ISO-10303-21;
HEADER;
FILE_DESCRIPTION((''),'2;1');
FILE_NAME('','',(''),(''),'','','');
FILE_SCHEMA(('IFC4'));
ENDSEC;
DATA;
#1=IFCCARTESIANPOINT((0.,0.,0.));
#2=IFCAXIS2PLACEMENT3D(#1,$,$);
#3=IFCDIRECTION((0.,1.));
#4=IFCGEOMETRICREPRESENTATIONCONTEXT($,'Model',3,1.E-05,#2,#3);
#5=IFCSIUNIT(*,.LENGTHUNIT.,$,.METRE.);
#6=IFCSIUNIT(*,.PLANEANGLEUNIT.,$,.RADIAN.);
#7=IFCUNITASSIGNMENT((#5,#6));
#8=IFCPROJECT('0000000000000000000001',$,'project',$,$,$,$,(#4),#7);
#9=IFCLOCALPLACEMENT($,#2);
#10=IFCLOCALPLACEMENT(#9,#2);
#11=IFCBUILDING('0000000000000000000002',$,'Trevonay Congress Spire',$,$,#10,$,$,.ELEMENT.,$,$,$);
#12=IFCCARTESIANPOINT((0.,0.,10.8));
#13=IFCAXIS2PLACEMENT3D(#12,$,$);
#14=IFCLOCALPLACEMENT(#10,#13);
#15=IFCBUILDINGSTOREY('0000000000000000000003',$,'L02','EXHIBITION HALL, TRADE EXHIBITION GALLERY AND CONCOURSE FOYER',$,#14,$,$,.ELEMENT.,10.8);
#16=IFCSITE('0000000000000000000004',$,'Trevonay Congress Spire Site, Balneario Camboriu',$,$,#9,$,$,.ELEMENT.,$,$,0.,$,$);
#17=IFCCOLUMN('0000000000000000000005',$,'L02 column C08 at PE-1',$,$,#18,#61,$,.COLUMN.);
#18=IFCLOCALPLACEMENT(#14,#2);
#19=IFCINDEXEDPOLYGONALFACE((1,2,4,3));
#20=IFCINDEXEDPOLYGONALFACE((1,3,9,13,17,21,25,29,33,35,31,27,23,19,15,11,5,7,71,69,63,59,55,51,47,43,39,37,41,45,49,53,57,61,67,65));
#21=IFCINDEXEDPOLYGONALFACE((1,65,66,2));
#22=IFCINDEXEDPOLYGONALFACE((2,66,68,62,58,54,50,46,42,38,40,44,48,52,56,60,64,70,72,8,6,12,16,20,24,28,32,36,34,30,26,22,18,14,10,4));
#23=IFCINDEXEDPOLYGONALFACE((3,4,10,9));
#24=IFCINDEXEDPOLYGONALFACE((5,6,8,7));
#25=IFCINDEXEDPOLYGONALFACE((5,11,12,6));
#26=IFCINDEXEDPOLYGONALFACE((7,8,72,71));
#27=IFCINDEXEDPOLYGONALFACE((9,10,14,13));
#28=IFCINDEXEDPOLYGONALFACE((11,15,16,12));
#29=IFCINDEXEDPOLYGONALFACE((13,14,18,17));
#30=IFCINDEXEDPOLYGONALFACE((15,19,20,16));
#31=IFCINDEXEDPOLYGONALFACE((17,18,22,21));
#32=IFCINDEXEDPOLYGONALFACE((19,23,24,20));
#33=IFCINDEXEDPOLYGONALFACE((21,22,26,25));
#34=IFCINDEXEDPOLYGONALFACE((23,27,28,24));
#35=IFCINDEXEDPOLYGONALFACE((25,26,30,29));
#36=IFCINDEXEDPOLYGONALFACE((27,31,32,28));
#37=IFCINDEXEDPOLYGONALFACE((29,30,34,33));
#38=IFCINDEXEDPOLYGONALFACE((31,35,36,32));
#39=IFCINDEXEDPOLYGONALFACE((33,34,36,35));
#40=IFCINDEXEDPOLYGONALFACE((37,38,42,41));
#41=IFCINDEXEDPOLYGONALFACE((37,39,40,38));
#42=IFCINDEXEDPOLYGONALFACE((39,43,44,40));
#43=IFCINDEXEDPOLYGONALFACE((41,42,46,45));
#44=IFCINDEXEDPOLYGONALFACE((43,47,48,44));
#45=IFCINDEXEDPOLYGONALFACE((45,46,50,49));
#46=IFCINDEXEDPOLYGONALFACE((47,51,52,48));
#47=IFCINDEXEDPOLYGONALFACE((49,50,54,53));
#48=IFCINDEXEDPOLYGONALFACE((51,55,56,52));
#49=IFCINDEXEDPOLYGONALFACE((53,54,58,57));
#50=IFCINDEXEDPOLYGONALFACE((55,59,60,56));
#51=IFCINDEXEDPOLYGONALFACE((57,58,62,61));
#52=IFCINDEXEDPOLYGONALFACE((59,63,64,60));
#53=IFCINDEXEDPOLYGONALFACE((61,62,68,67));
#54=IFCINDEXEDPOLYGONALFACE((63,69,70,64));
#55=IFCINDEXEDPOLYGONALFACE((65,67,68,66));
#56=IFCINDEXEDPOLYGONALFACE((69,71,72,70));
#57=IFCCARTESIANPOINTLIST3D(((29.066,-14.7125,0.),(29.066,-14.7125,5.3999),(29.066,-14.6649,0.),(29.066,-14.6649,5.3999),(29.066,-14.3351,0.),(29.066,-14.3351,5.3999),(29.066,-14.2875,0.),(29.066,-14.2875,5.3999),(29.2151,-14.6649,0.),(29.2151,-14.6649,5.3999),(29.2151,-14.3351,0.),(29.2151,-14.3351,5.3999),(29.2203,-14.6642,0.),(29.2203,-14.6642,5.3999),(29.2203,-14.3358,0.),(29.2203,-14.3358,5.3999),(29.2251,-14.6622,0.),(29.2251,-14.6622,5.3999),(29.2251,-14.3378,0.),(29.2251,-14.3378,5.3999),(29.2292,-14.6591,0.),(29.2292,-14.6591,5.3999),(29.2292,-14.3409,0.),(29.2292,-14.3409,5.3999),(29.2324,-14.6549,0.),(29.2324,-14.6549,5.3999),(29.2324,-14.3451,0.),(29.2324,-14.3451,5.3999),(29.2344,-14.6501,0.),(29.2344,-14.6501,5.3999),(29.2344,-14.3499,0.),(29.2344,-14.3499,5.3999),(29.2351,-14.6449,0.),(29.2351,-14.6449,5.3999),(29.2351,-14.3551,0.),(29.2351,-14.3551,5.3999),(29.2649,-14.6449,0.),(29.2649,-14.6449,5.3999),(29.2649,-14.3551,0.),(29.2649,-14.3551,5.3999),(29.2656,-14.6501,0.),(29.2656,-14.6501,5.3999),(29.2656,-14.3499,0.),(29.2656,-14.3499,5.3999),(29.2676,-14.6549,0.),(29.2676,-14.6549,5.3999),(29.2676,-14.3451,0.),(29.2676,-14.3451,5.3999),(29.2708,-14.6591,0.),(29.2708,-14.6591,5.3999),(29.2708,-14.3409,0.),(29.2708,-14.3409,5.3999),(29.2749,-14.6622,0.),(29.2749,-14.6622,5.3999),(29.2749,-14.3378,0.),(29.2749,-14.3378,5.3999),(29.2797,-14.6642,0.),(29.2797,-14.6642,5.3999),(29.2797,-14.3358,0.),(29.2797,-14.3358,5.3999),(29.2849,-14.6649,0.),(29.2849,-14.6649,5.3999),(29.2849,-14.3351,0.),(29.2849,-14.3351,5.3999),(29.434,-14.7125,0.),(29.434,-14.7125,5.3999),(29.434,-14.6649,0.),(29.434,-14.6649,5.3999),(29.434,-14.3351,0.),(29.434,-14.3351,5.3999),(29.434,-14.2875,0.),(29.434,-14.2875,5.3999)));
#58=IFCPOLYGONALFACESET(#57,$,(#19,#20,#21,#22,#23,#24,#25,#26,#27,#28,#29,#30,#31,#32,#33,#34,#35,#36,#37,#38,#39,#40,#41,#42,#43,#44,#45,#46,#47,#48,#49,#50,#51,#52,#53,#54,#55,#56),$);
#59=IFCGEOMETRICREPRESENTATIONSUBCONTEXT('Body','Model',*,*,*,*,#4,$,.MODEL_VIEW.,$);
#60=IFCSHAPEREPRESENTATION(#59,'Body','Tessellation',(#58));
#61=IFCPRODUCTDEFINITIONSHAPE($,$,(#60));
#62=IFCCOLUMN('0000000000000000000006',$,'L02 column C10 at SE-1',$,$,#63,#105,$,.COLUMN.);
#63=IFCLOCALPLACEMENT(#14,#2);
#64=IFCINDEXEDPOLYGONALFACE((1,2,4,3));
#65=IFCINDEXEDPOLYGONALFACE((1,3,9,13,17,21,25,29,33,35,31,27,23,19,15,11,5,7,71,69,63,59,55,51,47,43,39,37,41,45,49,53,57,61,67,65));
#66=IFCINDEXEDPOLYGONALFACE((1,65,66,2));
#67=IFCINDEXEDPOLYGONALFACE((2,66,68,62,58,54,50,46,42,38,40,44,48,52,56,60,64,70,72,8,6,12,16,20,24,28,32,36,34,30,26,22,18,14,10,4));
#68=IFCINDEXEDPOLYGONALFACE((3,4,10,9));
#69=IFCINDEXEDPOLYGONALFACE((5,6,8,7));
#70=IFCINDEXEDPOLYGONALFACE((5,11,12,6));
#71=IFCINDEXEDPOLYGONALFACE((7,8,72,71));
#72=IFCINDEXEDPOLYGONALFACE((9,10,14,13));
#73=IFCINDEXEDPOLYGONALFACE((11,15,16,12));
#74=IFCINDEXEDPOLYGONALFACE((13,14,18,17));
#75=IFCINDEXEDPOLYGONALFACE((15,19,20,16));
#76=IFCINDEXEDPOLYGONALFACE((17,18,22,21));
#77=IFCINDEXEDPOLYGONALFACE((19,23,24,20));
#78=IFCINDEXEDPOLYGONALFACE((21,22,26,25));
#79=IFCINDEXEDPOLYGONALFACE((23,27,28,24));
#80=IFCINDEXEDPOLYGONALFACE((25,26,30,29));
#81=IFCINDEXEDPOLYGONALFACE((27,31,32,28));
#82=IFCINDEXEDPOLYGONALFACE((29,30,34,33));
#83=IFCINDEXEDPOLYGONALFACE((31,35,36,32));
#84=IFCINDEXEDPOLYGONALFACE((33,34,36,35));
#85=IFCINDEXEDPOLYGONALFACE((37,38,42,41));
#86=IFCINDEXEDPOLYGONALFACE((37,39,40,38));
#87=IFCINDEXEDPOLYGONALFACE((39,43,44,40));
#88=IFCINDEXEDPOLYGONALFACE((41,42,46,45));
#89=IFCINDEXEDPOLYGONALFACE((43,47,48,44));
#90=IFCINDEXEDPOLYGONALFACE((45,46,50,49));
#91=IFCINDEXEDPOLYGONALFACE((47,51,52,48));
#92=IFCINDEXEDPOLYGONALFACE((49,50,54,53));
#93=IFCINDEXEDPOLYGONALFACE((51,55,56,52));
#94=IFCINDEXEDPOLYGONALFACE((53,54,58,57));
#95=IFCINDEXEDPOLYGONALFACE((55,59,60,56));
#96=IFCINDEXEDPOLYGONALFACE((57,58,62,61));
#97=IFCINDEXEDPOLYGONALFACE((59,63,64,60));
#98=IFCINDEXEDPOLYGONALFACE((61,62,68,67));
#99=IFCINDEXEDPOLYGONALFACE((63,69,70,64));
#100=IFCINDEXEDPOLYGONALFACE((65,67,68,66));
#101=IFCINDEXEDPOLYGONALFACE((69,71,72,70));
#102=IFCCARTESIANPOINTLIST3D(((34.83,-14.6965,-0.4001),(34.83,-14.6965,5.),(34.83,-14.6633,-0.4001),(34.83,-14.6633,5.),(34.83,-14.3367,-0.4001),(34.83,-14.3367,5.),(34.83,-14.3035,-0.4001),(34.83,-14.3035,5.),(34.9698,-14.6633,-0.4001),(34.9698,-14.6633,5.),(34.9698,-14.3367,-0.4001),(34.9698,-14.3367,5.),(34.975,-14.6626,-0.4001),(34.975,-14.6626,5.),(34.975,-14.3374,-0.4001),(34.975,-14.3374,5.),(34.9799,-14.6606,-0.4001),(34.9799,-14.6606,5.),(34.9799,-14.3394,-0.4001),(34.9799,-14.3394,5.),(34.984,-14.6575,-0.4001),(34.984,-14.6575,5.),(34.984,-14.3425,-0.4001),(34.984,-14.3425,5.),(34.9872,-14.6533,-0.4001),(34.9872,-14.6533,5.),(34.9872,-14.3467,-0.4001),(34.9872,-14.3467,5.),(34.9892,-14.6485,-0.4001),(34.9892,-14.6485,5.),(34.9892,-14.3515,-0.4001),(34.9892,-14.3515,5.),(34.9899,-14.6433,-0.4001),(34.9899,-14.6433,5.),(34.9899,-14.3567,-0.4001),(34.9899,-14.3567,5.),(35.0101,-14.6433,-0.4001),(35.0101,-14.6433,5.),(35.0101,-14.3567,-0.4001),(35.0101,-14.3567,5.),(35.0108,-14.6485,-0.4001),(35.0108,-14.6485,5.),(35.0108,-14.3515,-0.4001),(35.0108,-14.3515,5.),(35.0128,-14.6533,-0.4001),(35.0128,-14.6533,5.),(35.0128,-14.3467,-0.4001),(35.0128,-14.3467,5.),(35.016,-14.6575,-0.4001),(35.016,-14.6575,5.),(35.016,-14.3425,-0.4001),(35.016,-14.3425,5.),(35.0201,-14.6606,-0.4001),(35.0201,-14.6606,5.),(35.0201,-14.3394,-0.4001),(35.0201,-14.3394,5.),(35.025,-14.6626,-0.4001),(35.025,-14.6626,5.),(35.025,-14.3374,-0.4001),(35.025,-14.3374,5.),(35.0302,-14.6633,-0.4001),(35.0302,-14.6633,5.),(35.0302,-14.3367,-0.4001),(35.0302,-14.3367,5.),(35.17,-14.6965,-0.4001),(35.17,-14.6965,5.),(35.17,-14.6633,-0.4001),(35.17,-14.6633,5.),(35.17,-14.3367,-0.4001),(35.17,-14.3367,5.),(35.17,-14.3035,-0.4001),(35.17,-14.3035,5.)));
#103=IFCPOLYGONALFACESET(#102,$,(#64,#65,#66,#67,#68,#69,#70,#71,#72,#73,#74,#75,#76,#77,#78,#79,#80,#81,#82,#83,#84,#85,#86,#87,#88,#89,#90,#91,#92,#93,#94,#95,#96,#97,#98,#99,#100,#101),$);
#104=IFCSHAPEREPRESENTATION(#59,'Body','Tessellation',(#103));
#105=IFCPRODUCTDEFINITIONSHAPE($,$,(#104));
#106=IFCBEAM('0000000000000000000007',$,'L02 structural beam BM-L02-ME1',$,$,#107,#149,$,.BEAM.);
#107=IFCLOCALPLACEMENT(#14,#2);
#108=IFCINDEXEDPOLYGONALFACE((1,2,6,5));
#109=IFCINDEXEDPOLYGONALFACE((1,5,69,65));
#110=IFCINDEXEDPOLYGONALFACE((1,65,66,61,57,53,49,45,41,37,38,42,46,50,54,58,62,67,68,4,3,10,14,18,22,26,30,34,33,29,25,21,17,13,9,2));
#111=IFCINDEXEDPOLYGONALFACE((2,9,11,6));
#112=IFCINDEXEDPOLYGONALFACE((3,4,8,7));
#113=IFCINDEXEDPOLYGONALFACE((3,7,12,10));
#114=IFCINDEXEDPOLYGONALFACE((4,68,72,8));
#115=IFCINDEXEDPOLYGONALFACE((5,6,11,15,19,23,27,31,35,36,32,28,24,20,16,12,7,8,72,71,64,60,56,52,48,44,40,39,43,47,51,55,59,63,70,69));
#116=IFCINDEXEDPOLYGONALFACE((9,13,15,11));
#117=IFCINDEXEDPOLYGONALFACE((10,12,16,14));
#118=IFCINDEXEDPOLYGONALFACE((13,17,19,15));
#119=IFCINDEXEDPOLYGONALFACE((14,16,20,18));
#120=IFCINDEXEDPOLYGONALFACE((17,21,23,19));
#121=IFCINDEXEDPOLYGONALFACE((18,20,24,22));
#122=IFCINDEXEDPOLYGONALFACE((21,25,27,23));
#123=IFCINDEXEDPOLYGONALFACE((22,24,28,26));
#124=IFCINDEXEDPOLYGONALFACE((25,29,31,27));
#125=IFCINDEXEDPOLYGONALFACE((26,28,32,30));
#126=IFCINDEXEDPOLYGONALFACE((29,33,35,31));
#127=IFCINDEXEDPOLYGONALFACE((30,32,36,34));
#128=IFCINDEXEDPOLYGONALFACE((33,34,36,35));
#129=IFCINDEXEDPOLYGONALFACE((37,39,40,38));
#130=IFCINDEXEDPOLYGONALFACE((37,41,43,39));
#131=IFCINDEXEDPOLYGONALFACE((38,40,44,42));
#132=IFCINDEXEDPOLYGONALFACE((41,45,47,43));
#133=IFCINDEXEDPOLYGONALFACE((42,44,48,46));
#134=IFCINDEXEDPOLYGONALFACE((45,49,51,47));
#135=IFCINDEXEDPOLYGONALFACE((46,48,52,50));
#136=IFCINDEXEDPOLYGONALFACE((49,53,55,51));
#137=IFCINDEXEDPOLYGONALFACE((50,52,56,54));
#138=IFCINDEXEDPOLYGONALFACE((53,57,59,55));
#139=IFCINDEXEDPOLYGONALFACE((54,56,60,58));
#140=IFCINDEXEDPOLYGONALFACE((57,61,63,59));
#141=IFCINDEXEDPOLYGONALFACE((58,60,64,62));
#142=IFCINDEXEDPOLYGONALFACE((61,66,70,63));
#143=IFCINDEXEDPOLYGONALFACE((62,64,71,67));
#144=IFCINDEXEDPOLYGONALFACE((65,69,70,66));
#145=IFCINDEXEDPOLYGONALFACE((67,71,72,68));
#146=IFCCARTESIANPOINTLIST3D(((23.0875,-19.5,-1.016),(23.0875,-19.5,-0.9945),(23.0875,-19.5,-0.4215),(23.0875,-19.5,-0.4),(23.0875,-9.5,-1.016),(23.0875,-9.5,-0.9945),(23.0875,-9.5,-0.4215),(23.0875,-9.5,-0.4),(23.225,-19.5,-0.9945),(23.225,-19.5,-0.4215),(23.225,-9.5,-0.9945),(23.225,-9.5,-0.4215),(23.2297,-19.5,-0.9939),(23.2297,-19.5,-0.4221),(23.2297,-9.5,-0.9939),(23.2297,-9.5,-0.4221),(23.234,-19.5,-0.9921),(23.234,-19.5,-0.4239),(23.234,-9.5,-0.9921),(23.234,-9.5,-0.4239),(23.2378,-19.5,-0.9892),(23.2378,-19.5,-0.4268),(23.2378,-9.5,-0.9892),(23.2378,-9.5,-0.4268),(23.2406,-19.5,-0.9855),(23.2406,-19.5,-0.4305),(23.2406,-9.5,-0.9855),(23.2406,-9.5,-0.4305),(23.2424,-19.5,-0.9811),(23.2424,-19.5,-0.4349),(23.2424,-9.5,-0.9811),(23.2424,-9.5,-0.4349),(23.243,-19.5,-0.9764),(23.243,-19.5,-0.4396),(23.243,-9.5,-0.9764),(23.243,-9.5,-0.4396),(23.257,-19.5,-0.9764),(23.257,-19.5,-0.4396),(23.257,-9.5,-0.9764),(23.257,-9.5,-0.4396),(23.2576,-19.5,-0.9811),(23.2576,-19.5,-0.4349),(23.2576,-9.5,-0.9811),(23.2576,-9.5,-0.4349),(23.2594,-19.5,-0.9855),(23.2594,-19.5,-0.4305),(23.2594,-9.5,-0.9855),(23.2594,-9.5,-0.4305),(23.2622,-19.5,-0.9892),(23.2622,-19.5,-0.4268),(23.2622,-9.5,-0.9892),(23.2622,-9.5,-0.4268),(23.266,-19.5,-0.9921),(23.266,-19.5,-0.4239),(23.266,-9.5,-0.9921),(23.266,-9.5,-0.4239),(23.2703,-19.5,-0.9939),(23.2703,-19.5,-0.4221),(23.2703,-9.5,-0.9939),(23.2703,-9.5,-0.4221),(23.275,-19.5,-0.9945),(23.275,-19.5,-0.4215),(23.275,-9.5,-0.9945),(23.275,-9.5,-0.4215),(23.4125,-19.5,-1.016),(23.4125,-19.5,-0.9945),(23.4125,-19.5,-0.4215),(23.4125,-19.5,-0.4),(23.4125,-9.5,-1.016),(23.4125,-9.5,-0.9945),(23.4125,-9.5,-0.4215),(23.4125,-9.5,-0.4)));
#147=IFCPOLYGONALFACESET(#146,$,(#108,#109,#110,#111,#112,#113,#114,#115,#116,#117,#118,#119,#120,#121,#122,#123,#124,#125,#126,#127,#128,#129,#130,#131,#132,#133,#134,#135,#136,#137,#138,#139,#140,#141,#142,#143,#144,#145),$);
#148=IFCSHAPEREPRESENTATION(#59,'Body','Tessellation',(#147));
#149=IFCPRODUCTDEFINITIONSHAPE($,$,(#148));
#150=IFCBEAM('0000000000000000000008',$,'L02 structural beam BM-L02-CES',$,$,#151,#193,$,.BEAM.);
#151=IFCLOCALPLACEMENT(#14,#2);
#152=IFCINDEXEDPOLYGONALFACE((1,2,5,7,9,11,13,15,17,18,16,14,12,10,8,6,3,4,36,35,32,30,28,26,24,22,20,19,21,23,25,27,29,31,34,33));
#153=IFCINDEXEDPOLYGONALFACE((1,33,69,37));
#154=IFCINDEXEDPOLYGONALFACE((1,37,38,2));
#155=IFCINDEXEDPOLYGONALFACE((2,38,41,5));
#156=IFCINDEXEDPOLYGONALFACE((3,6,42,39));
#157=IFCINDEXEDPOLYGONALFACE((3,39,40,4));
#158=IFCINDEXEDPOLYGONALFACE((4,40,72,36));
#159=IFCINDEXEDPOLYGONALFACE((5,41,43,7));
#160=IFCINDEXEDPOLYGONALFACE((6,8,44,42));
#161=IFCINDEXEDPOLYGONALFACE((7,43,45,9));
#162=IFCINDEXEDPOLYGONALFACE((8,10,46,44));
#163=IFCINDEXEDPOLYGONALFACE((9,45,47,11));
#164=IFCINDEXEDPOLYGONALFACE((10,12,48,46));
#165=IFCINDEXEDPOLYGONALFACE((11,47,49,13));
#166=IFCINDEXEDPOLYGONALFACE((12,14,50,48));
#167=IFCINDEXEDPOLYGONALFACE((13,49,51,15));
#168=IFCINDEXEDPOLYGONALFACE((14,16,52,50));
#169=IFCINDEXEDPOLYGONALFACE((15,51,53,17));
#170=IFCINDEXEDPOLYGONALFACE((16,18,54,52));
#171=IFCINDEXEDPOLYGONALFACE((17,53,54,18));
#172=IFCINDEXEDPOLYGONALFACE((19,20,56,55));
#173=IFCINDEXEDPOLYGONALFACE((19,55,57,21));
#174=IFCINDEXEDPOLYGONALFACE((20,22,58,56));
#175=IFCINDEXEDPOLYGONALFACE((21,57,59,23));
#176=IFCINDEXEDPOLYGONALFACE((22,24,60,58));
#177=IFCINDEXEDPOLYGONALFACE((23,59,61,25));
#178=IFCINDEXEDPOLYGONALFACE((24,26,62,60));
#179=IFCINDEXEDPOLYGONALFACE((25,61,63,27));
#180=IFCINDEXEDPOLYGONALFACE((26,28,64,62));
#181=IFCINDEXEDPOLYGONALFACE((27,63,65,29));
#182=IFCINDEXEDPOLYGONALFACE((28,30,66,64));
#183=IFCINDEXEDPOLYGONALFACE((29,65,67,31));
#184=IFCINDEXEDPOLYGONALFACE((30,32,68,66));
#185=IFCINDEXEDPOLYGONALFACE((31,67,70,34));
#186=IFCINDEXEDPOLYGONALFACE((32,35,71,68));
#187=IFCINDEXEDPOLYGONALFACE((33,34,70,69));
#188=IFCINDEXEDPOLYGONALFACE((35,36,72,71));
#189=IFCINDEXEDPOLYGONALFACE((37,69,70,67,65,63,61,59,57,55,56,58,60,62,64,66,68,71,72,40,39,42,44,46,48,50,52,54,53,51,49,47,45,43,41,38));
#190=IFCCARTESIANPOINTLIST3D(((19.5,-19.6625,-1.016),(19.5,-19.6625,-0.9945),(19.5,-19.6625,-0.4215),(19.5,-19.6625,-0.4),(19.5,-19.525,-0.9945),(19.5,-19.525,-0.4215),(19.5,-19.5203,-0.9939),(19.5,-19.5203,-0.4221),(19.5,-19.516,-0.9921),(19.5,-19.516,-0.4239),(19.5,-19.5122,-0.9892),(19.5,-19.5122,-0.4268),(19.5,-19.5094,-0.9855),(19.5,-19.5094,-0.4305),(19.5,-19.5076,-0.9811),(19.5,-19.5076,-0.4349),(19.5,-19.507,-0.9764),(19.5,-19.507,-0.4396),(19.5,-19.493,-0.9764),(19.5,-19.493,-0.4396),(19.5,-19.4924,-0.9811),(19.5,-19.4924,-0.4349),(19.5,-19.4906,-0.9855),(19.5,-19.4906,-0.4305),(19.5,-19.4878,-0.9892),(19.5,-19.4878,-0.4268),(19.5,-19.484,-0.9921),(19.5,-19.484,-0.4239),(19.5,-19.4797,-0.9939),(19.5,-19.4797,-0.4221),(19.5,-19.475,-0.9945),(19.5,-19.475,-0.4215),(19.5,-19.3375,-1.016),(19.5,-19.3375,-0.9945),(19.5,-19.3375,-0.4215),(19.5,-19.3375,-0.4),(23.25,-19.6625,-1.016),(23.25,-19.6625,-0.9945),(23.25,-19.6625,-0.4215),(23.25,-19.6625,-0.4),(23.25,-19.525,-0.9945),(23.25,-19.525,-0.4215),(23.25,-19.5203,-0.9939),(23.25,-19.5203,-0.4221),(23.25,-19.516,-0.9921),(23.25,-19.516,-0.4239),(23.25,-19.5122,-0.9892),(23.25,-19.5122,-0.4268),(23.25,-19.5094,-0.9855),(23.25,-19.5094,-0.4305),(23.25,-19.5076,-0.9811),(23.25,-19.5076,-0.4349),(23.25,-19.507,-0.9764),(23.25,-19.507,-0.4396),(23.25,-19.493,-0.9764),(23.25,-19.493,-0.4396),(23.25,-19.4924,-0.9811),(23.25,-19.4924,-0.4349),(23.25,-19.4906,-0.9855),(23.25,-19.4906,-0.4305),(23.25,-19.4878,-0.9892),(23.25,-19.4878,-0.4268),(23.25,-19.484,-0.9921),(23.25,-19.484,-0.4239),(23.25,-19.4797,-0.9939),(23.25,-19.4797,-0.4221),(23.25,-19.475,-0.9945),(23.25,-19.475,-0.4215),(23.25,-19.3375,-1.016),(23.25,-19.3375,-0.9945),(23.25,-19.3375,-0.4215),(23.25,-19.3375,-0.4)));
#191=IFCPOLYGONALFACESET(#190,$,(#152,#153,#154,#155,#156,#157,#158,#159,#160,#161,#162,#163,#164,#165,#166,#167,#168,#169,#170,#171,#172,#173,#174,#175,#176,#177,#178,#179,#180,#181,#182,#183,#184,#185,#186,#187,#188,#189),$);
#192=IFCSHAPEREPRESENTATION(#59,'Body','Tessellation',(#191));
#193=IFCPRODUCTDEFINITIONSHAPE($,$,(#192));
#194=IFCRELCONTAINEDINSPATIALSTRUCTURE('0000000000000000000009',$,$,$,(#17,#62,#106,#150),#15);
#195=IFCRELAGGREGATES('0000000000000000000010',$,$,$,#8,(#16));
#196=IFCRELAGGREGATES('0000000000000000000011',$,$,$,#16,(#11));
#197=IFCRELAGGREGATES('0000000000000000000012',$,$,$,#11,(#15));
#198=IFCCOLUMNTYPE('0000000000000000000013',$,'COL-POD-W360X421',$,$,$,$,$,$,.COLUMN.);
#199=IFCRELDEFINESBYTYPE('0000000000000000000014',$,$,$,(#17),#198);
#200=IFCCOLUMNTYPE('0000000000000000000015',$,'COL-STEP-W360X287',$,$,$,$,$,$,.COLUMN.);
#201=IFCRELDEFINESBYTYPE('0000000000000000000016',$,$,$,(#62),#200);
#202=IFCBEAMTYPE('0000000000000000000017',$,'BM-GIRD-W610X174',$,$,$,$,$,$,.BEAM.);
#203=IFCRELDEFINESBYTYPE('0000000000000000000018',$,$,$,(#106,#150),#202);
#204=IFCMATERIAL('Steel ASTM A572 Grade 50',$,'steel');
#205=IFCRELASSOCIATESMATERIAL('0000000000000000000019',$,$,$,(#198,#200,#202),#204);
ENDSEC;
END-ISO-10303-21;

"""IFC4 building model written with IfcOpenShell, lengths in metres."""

from ifc_helpers import new_model, si_unit, direction, frame, origin, origin_2d, place, context, subcontext, project, spatial, i_section, extrude, material, material_profile, profile_set, type_object, element, save


model = new_model("IFC4")

# Units and contexts
model_context = context("Model", 3, precision=1e-05, world=origin(), true_north=direction((0.0, 1.0)))
body_context = subcontext(model_context, "Body", "Model", "MODEL_VIEW")
ifc_project = project(units=[si_unit("LENGTHUNIT", "METRE"), si_unit("PLANEANGLEUNIT", "RADIAN")], contexts=[model_context])

# Site, building, storey
site_placement = place(None, origin())
site = spatial("IfcSite", under=ifc_project, at=site_placement, Name="Trevonay Congress Spire Site, Balneario Camboriu", CompositionType="ELEMENT", RefElevation=0.0)
building_placement = place(site_placement, origin())
building = spatial("IfcBuilding", under=site, at=building_placement, Name="Trevonay Congress Spire", CompositionType="ELEMENT")
storey_placement = place(building_placement, frame((0.0, 0.0, 10.8)))
storey = spatial("IfcBuildingStorey", under=building, at=storey_placement, Name="L02", Description="EXHIBITION HALL, TRADE EXHIBITION GALLERY AND CONCOURSE FOYER", CompositionType="ELEMENT", Elevation=10.8)

# Columns
ifc_material_1 = material(Name="Steel ASTM A572 Grade 50", Category="steel")
ifc_material_profile_1 = material_profile(ifc_material_1, i_section(OverallWidth=0.3679, OverallDepth=0.425, WebThickness=0.0298, FlangeThickness=0.0476, FilletRadius=0.02, at=origin_2d()), Name="W360x421")
ifc_profile_set_1 = profile_set([ifc_material_profile_1], Name="Steel ASTM A572 Grade 50")
column_type_1 = type_object("IfcColumnType", Name="COL-POD-W360X421", PredefinedType="COLUMN", material=ifc_profile_set_1)
column_1_placement = place(storey_placement, frame((29.25, -14.5, 0.0), z_axis=(0.0, 0.0, 1.0), x_axis=(1.0, 0.0, 0.0)))
element("IfcColumn", 1, at=column_1_placement, inside=storey, type_object=column_type_1, Name="L02 column C08 at PE-1", PredefinedType="COLUMN", context=body_context, shape_type="SweptSolid", body=[
    extrude(i_section(OverallWidth=0.3679, OverallDepth=0.425, WebThickness=0.0298, FlangeThickness=0.0476, FilletRadius=0.02, at=origin_2d()), origin(), (0.0, 0.0, 1.0), 5.3999),
])
ifc_material_profile_2 = material_profile(ifc_material_1, i_section(OverallWidth=0.3401, OverallDepth=0.3931, WebThickness=0.0203, FlangeThickness=0.0332, FilletRadius=0.02, at=origin_2d()), Name="W360x287")
ifc_profile_set_2 = profile_set([ifc_material_profile_2], Name="Steel ASTM A572 Grade 50")
column_type_2 = type_object("IfcColumnType", Name="COL-STEP-W360X287", PredefinedType="COLUMN", material=ifc_profile_set_2)
column_2_placement = place(storey_placement, frame((35.0, -14.5, -0.4001), z_axis=(0.0, 0.0, 1.0), x_axis=(1.0, 0.0, 0.0)))
element("IfcColumn", 2, at=column_2_placement, inside=storey, type_object=column_type_2, Name="L02 column C10 at SE-1", PredefinedType="COLUMN", context=body_context, shape_type="SweptSolid", body=[
    extrude(i_section(OverallWidth=0.3401, OverallDepth=0.3931, WebThickness=0.0203, FlangeThickness=0.0332, FilletRadius=0.02, at=origin_2d()), origin(), (0.0, 0.0, 1.0), 5.4001),
])

# Beams
ifc_material_profile_3 = material_profile(ifc_material_1, i_section(OverallWidth=0.325, OverallDepth=0.616, WebThickness=0.0139, FlangeThickness=0.0215, FilletRadius=0.0181, at=origin_2d()), Name="W610x174")
ifc_profile_set_3 = profile_set([ifc_material_profile_3], Name="Steel ASTM A572 Grade 50")
beam_type_1 = type_object("IfcBeamType", Name="BM-GIRD-W610X174", PredefinedType="BEAM", material=ifc_profile_set_3)
beam_1_placement = place(storey_placement, frame((23.25, -19.5, -0.708), z_axis=(0.0, 1.0, 0.0), x_axis=(-1.0, 0.0, 0.0)))
element("IfcBeam", 3, at=beam_1_placement, inside=storey, type_object=beam_type_1, Name="L02 structural beam BM-L02-ME1", PredefinedType="BEAM", context=body_context, shape_type="SweptSolid", body=[
    extrude(i_section(OverallWidth=0.325, OverallDepth=0.616, WebThickness=0.0139, FlangeThickness=0.0215, FilletRadius=0.0181, at=origin_2d()), origin(), (0.0, 0.0, 1.0), 10.0),
])
beam_2_placement = place(storey_placement, frame((23.25, -19.5, -0.708), z_axis=(-1.0, 0.0, 0.0), x_axis=(0.0, -1.0, 0.0)))
element("IfcBeam", 4, at=beam_2_placement, inside=storey, type_object=beam_type_1, Name="L02 structural beam BM-L02-CES", PredefinedType="BEAM", context=body_context, shape_type="SweptSolid", body=[
    extrude(i_section(OverallWidth=0.325, OverallDepth=0.616, WebThickness=0.0139, FlangeThickness=0.0215, FilletRadius=0.0181, at=origin_2d()), origin(), (0.0, 0.0, 1.0), 3.75),
])

save(model, "model.ifc")
